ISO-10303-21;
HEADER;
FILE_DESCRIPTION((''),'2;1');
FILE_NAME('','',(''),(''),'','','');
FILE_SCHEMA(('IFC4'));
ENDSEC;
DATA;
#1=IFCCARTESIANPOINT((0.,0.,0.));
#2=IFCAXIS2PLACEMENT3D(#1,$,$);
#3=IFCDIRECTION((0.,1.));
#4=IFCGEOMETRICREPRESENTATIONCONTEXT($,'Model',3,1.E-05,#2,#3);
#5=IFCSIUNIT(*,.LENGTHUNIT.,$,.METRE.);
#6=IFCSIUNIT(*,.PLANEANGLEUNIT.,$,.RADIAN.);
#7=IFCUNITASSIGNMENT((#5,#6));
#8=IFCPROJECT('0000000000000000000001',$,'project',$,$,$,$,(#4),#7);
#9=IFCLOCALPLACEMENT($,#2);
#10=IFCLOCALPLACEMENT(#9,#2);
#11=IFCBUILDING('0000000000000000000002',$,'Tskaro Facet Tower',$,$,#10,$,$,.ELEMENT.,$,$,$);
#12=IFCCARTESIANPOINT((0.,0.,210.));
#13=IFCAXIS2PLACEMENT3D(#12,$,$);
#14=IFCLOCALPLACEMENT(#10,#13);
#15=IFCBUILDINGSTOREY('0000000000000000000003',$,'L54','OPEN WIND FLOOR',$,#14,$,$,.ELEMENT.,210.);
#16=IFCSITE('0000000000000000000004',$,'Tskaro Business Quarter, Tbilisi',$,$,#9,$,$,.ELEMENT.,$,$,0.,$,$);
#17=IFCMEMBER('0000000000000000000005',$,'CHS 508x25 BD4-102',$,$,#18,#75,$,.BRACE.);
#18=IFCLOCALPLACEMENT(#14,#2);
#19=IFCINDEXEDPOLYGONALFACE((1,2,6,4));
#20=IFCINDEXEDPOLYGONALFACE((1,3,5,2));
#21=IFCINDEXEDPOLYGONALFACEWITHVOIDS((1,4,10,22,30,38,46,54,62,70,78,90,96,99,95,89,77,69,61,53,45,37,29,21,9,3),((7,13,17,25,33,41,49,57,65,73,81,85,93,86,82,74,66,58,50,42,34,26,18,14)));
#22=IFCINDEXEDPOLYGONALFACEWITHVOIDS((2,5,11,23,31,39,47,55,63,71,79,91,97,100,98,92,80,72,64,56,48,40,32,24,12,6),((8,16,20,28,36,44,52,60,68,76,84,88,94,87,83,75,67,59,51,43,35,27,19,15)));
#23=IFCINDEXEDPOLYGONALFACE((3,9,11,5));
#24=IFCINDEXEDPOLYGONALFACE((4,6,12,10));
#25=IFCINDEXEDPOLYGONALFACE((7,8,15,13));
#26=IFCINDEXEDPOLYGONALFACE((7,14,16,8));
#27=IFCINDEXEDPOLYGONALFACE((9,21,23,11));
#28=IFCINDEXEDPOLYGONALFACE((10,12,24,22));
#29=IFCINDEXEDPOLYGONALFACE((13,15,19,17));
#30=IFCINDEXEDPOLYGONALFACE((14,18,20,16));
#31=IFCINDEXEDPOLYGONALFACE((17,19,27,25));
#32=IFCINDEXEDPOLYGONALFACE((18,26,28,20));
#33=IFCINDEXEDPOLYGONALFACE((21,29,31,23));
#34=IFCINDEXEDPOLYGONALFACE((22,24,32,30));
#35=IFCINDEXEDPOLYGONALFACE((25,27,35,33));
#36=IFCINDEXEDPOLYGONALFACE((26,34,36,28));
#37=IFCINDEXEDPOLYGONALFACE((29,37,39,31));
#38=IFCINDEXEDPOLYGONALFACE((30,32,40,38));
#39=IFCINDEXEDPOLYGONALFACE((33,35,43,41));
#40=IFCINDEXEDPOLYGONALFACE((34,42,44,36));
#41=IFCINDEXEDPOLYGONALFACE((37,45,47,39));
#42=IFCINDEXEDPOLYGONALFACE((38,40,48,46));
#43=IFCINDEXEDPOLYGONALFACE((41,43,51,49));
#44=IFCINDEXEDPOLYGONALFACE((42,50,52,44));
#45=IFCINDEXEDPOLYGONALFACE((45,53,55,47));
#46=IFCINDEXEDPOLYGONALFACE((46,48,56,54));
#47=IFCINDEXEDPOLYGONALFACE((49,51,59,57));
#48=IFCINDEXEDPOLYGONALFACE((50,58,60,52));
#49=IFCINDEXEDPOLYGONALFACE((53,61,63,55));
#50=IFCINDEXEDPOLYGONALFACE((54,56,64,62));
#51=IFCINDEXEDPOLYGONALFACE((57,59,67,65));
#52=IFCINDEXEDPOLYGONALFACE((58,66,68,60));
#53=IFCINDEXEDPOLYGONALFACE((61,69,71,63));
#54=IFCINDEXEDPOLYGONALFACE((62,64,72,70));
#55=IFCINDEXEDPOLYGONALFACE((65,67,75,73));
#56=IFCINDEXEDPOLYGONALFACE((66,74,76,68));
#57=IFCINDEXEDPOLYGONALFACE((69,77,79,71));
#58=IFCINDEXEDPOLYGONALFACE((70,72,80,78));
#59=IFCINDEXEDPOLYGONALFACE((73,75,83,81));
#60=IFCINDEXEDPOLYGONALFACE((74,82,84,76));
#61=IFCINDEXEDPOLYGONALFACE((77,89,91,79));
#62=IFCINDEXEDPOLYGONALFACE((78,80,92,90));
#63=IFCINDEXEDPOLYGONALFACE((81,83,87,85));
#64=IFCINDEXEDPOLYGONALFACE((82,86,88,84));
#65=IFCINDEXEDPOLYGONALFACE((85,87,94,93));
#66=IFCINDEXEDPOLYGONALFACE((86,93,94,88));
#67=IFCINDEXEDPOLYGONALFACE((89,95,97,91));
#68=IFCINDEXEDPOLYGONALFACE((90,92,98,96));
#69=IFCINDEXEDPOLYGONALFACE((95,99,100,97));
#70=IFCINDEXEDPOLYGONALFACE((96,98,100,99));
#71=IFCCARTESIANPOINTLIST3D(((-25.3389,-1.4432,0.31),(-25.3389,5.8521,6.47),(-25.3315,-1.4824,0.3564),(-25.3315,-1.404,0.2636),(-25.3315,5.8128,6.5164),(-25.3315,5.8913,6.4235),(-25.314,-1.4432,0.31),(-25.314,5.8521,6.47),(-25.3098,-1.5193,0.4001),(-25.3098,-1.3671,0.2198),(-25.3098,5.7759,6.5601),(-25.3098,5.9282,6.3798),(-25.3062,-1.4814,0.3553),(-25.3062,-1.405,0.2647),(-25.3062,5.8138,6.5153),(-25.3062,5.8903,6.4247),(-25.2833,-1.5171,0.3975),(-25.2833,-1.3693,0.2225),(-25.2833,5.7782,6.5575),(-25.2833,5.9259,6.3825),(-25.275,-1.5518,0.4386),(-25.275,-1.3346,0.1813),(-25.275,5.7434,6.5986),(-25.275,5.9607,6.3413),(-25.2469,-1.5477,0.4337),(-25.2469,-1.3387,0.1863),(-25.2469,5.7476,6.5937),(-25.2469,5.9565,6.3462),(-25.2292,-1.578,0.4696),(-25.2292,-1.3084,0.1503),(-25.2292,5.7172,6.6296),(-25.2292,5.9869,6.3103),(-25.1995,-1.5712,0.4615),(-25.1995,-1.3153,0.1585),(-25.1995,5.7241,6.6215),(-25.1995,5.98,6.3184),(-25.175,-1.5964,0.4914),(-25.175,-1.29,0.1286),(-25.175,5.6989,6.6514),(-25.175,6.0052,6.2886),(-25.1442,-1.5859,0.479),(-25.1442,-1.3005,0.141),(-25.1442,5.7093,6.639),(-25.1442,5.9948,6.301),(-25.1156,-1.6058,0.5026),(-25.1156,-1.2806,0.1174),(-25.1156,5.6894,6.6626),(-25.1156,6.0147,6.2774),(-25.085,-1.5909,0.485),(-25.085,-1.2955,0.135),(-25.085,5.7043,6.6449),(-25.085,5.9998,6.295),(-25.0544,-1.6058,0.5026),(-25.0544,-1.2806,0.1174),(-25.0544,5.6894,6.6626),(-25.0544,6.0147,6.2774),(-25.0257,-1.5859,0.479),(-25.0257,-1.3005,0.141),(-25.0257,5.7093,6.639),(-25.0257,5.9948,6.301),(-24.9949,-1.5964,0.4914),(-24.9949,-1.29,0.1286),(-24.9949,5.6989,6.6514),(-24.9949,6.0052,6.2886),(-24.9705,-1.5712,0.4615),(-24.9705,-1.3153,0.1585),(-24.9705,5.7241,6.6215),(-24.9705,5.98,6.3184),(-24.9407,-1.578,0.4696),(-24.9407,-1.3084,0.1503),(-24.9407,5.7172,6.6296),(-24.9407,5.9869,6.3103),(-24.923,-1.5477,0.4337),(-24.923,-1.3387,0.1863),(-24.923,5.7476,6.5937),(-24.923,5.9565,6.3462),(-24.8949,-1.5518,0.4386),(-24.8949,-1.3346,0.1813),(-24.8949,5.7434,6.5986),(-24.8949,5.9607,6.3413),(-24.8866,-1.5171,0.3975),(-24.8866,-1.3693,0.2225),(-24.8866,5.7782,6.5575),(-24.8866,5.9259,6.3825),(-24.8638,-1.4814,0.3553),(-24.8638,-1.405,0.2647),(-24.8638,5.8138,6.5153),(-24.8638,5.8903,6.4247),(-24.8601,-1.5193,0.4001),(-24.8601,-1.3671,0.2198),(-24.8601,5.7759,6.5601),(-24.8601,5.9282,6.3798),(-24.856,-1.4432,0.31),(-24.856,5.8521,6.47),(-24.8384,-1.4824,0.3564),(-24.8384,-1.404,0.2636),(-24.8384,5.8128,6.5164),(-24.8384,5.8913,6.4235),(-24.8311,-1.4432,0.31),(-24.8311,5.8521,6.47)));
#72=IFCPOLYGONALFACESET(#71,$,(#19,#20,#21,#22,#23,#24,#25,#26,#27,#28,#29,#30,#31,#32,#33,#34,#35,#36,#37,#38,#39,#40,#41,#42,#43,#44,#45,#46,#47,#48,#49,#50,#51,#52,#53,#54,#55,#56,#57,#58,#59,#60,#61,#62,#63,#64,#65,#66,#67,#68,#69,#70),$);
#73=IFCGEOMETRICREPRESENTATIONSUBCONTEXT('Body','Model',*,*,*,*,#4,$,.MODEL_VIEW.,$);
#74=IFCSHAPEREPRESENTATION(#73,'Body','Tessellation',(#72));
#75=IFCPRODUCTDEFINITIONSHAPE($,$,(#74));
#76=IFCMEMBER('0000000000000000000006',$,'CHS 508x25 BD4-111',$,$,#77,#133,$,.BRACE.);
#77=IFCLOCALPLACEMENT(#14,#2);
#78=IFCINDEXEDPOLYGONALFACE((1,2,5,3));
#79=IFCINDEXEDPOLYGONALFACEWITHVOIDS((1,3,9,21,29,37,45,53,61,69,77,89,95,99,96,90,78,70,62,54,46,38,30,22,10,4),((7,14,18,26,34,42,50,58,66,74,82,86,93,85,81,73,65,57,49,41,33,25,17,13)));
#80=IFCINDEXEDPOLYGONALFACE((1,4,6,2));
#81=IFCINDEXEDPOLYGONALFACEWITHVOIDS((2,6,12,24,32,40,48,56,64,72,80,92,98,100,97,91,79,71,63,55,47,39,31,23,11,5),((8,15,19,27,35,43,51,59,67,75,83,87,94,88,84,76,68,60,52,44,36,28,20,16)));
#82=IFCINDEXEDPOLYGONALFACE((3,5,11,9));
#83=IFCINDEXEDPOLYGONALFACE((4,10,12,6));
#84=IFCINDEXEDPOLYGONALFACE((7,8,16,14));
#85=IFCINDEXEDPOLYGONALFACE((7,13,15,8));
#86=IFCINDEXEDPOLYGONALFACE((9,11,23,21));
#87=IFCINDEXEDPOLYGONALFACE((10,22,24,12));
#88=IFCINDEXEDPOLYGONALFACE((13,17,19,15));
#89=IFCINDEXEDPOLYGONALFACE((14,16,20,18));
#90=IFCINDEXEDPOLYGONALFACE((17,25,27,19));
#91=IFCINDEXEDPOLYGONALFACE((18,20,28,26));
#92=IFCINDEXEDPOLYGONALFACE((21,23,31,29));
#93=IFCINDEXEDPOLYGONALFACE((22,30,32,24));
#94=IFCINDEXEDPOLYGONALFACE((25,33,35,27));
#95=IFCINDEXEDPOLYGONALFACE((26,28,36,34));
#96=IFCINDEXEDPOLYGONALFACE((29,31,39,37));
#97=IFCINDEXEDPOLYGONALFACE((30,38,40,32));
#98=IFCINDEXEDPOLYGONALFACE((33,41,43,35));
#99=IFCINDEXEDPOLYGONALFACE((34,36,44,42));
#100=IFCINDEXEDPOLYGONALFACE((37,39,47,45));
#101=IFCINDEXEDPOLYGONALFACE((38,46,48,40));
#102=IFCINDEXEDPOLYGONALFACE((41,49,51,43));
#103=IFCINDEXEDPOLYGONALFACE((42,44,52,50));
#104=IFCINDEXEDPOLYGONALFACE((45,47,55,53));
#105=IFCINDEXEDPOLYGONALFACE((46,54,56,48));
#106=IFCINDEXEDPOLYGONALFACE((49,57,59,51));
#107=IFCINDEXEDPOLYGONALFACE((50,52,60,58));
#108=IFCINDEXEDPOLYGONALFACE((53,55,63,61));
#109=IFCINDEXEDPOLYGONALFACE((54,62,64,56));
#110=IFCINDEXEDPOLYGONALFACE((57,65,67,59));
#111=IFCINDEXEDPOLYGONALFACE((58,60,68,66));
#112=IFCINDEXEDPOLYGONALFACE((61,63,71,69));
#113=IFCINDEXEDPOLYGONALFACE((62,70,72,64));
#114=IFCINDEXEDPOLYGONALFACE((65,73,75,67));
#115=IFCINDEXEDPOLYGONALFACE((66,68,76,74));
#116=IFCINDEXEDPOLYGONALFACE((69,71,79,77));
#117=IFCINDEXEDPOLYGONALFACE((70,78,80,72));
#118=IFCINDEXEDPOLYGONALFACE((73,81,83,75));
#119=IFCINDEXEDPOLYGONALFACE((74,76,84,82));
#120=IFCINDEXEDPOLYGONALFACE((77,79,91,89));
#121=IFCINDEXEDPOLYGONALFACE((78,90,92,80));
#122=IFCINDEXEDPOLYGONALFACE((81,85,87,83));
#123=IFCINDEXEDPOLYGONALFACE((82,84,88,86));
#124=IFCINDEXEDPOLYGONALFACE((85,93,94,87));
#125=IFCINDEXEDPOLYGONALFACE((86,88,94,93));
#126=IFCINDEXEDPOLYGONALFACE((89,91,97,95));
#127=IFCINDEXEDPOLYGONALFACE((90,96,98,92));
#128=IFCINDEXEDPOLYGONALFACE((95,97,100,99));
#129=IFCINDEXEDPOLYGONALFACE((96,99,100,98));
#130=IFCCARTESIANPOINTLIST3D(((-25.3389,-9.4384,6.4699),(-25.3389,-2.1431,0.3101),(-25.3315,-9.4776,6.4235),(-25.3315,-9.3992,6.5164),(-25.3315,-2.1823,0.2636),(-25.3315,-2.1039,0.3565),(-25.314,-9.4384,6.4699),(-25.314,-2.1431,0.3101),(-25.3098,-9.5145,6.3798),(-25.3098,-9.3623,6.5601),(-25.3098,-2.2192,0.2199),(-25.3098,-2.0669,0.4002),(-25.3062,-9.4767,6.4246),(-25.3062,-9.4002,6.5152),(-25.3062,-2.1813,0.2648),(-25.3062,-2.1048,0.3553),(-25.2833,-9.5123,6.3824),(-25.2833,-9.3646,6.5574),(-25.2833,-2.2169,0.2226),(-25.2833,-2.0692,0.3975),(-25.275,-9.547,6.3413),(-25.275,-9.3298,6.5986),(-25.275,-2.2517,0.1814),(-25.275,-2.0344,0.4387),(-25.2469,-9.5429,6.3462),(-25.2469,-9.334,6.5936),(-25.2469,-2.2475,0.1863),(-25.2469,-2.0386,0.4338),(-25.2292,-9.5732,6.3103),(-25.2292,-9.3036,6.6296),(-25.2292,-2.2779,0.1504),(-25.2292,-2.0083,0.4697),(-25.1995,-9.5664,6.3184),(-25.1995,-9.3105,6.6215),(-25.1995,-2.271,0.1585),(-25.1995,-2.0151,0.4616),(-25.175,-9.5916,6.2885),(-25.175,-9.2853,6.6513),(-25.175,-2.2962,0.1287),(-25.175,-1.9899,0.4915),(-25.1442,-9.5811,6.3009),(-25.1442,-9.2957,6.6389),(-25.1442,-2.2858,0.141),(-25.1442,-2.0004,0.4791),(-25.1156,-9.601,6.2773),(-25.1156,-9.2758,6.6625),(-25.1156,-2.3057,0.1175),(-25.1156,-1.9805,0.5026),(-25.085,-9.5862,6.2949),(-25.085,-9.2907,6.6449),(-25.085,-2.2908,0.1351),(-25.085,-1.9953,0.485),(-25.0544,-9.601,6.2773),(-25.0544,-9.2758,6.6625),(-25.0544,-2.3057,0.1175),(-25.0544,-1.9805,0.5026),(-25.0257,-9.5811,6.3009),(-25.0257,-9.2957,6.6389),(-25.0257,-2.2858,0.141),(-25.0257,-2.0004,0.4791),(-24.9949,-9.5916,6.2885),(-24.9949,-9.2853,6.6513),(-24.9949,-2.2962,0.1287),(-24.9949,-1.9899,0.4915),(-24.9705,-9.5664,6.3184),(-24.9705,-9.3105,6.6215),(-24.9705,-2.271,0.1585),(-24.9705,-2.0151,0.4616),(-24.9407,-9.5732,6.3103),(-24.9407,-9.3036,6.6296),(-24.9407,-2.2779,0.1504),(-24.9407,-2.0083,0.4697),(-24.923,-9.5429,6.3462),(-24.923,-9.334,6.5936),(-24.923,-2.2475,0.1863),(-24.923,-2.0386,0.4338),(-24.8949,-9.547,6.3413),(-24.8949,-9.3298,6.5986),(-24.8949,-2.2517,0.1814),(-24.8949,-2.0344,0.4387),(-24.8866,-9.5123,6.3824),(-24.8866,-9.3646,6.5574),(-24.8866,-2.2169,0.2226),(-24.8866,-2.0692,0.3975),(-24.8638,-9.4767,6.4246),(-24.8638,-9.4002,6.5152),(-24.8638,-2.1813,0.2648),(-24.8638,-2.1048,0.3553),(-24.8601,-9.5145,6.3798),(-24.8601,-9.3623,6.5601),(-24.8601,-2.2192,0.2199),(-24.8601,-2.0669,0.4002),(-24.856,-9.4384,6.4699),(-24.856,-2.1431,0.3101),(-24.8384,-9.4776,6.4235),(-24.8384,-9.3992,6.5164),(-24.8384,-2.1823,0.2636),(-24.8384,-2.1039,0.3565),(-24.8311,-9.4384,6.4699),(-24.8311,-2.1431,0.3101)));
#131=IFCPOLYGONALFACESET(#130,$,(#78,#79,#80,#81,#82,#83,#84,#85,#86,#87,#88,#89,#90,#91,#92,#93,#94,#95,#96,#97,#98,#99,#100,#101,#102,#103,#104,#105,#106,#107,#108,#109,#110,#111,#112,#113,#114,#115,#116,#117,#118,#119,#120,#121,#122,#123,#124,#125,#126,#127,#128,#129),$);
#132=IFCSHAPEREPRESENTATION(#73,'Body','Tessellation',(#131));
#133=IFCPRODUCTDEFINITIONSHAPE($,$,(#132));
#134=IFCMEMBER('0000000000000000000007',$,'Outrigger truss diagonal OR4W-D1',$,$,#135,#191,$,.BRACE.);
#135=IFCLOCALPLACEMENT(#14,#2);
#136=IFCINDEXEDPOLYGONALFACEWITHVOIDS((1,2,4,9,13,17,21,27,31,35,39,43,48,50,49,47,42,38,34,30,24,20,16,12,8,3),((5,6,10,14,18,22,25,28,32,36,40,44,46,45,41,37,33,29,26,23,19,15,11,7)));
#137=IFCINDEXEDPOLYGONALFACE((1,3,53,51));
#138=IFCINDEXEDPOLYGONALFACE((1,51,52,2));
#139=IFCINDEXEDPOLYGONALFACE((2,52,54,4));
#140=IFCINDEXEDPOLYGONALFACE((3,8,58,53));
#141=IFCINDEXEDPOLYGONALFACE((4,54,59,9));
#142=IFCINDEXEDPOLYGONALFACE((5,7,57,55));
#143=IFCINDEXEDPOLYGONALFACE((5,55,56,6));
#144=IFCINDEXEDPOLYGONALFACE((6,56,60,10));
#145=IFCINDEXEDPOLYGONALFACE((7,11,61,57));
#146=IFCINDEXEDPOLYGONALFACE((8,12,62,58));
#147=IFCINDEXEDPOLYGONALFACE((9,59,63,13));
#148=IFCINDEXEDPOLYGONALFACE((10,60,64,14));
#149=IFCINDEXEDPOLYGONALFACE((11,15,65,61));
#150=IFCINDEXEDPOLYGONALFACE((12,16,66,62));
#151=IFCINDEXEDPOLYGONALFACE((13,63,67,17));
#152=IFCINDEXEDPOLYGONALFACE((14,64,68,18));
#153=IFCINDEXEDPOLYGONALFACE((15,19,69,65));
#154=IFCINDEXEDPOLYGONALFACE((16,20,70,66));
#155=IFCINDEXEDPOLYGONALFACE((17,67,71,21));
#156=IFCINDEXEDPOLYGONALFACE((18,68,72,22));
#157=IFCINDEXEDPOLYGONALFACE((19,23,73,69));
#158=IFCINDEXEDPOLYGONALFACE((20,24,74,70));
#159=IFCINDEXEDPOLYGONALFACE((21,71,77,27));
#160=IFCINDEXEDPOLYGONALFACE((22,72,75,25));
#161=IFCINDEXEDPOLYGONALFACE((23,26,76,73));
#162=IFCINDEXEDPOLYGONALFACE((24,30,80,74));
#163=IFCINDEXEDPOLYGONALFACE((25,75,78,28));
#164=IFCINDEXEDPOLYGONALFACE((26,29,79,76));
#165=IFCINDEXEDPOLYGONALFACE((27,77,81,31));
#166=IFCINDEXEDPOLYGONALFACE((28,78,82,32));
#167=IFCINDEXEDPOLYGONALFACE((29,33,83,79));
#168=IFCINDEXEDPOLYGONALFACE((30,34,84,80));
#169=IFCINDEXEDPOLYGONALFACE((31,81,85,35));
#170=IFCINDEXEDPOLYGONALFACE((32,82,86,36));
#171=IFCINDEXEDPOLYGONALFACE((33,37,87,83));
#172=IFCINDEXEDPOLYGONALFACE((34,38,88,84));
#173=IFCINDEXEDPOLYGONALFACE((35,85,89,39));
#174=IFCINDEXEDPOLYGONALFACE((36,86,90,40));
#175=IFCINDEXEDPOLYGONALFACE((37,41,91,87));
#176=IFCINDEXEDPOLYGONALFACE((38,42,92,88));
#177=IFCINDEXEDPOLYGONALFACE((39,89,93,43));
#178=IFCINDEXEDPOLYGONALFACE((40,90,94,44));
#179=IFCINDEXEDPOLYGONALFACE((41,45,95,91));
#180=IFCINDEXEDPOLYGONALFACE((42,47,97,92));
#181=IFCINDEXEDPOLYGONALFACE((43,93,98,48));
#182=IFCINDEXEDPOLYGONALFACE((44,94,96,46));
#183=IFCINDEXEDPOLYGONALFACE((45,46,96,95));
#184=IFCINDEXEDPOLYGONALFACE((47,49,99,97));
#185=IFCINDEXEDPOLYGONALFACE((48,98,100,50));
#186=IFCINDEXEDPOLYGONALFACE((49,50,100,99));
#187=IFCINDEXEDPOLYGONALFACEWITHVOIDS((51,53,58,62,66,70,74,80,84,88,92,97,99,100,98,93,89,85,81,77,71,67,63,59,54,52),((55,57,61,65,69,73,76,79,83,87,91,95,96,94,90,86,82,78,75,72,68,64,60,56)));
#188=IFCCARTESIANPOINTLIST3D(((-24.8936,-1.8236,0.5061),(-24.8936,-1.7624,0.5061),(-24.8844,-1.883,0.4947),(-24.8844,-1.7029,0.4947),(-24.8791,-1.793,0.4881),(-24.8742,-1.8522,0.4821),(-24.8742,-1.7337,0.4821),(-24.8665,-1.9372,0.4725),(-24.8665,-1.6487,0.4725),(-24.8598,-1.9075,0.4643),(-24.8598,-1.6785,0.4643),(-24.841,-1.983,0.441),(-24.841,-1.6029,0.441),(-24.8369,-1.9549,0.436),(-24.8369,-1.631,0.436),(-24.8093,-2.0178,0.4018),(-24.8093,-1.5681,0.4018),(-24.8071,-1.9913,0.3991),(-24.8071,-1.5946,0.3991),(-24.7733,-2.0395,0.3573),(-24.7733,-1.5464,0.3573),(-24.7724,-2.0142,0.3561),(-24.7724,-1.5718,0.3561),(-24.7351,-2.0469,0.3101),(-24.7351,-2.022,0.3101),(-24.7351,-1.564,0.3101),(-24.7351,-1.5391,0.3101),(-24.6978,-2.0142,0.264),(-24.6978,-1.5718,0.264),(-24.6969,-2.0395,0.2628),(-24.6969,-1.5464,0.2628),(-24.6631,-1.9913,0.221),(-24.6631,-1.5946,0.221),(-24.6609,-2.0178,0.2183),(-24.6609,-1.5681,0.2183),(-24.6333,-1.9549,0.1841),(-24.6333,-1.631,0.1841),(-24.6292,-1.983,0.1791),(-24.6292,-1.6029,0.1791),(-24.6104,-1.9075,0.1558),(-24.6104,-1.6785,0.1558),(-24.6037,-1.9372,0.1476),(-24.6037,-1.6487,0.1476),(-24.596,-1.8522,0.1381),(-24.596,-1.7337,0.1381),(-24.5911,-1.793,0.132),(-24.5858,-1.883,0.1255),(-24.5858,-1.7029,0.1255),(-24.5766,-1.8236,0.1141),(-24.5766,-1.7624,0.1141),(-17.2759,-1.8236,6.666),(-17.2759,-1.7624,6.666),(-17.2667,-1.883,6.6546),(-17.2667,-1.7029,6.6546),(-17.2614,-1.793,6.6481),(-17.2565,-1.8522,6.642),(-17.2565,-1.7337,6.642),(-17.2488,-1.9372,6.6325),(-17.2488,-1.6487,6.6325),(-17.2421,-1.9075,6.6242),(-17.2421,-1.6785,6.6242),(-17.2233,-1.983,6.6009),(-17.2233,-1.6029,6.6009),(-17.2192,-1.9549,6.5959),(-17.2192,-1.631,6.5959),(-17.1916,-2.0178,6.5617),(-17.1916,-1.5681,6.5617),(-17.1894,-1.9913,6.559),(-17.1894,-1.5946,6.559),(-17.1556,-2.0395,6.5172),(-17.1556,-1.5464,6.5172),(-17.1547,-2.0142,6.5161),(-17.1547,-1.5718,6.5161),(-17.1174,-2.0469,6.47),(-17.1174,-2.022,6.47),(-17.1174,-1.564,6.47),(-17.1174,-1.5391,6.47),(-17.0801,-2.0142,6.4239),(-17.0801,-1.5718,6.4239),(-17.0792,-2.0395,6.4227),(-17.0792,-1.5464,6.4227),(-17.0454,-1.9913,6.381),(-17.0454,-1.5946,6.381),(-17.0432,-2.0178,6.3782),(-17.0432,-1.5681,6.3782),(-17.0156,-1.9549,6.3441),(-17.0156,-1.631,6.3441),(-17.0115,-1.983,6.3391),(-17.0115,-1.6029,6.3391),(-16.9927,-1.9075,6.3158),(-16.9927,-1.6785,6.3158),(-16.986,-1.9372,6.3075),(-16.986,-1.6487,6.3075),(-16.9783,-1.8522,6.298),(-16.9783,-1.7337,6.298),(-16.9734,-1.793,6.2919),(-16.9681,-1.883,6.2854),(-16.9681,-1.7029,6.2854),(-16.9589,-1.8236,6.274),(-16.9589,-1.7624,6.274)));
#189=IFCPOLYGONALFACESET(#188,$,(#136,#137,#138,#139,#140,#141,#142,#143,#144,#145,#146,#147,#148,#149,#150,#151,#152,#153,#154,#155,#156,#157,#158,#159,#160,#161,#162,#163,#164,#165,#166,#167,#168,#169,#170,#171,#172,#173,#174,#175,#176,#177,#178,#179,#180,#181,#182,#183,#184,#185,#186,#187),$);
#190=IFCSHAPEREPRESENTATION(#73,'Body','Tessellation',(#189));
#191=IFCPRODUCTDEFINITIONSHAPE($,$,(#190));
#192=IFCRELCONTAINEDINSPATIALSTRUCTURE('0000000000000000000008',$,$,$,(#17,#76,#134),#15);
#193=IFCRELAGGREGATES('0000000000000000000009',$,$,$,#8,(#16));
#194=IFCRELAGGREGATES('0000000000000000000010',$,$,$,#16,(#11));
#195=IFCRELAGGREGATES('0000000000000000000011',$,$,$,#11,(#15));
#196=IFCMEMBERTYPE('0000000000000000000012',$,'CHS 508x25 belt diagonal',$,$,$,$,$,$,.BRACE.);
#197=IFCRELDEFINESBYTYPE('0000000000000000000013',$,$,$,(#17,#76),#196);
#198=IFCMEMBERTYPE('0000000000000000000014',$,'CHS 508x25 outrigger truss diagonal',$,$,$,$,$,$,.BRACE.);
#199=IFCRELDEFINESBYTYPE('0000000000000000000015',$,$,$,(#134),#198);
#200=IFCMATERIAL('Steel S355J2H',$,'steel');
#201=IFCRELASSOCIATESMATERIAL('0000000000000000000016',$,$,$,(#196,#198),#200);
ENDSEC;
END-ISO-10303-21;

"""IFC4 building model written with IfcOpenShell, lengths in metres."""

from ifc_helpers import new_model, si_unit, direction, frame, origin, origin_2d, place, context, subcontext, project, spatial, hollow_circle, extrude, material, material_profile, profile_set, type_object, element, save


model = new_model("IFC4")

# Units and contexts
model_context = context("Model", 3, precision=1e-05, world=origin(), true_north=direction((0.0, 1.0)))
body_context = subcontext(model_context, "Body", "Model", "MODEL_VIEW")
ifc_project = project(units=[si_unit("LENGTHUNIT", "METRE"), si_unit("PLANEANGLEUNIT", "RADIAN")], contexts=[model_context])

# Site, building, storey
site_placement = place(None, origin())
site = spatial("IfcSite", under=ifc_project, at=site_placement, Name="Tskaro Business Quarter, Tbilisi", CompositionType="ELEMENT", RefElevation=0.0)
building_placement = place(site_placement, origin())
building = spatial("IfcBuilding", under=site, at=building_placement, Name="Tskaro Facet Tower", CompositionType="ELEMENT")
storey_placement = place(building_placement, frame((0.0, 0.0, 210.0)))
storey = spatial("IfcBuildingStorey", under=building, at=storey_placement, Name="L54", Description="OPEN WIND FLOOR", CompositionType="ELEMENT", Elevation=210.0)

# Shared definitions
ifc_material_1 = material(Name="Steel S355J2H", Category="steel")

# Members
ifc_material_profile_1 = material_profile(ifc_material_1, hollow_circle(Radius=0.2539, WallThickness=0.0249, at=origin_2d()), Name="CHS 508x25")
ifc_profile_set_1 = profile_set([ifc_material_profile_1], Name="Steel S355J2H")
member_type_1 = type_object("IfcMemberType", Name="CHS 508x25 belt diagonal", PredefinedType="BRACE", material=ifc_profile_set_1)
for number, where, z_axis, x_axis, name in (
    (1, (-25.085, 5.8521, 6.47), (0.0, -0.764053, -0.645153), (1.0, 0.0, 0.0), "CHS 508x25 BD4-102"),
    (2, (-25.085, -2.1431, 0.3101), (0.0, -0.764064, 0.645141), (1.0, 0.0, 0.0), "CHS 508x25 BD4-111"),
):
    element("IfcMember", number, at=place(storey_placement, frame(where, z_axis=z_axis, x_axis=x_axis)), inside=storey, type_object=member_type_1, Name=name, PredefinedType="BRACE", context=body_context, shape_type="SweptSolid", body=[
        extrude(hollow_circle(Radius=0.2539, WallThickness=0.0249, at=origin_2d()), origin(), (0.0, 0.0, 1.0), 9.5481),
    ])
ifc_material_profile_2 = material_profile(ifc_material_1, hollow_circle(Radius=0.2539, WallThickness=0.0249, at=origin_2d()), Name="CHS 508x25")
ifc_profile_set_2 = profile_set([ifc_material_profile_2], Name="Steel S355J2H")
member_type_2 = type_object("IfcMemberType", Name="CHS 508x25 outrigger truss diagonal", PredefinedType="BRACE", material=ifc_profile_set_2)
member_1_placement = place(storey_placement, frame((-24.7351, -1.793, 0.3101), z_axis=(0.777583, 0.0, 0.62878), x_axis=(0.0, 1.0, 0.0)))
element("IfcMember", 3, at=member_1_placement, inside=storey, type_object=member_type_2, Name="Outrigger truss diagonal OR4W-D1", PredefinedType="BRACE", context=body_context, shape_type="SweptSolid", body=[
    extrude(hollow_circle(Radius=0.2539, WallThickness=0.0249, at=origin_2d()), origin(), (0.0, 0.0, 1.0), 9.7966),
])

save(model, "model.ifc")
